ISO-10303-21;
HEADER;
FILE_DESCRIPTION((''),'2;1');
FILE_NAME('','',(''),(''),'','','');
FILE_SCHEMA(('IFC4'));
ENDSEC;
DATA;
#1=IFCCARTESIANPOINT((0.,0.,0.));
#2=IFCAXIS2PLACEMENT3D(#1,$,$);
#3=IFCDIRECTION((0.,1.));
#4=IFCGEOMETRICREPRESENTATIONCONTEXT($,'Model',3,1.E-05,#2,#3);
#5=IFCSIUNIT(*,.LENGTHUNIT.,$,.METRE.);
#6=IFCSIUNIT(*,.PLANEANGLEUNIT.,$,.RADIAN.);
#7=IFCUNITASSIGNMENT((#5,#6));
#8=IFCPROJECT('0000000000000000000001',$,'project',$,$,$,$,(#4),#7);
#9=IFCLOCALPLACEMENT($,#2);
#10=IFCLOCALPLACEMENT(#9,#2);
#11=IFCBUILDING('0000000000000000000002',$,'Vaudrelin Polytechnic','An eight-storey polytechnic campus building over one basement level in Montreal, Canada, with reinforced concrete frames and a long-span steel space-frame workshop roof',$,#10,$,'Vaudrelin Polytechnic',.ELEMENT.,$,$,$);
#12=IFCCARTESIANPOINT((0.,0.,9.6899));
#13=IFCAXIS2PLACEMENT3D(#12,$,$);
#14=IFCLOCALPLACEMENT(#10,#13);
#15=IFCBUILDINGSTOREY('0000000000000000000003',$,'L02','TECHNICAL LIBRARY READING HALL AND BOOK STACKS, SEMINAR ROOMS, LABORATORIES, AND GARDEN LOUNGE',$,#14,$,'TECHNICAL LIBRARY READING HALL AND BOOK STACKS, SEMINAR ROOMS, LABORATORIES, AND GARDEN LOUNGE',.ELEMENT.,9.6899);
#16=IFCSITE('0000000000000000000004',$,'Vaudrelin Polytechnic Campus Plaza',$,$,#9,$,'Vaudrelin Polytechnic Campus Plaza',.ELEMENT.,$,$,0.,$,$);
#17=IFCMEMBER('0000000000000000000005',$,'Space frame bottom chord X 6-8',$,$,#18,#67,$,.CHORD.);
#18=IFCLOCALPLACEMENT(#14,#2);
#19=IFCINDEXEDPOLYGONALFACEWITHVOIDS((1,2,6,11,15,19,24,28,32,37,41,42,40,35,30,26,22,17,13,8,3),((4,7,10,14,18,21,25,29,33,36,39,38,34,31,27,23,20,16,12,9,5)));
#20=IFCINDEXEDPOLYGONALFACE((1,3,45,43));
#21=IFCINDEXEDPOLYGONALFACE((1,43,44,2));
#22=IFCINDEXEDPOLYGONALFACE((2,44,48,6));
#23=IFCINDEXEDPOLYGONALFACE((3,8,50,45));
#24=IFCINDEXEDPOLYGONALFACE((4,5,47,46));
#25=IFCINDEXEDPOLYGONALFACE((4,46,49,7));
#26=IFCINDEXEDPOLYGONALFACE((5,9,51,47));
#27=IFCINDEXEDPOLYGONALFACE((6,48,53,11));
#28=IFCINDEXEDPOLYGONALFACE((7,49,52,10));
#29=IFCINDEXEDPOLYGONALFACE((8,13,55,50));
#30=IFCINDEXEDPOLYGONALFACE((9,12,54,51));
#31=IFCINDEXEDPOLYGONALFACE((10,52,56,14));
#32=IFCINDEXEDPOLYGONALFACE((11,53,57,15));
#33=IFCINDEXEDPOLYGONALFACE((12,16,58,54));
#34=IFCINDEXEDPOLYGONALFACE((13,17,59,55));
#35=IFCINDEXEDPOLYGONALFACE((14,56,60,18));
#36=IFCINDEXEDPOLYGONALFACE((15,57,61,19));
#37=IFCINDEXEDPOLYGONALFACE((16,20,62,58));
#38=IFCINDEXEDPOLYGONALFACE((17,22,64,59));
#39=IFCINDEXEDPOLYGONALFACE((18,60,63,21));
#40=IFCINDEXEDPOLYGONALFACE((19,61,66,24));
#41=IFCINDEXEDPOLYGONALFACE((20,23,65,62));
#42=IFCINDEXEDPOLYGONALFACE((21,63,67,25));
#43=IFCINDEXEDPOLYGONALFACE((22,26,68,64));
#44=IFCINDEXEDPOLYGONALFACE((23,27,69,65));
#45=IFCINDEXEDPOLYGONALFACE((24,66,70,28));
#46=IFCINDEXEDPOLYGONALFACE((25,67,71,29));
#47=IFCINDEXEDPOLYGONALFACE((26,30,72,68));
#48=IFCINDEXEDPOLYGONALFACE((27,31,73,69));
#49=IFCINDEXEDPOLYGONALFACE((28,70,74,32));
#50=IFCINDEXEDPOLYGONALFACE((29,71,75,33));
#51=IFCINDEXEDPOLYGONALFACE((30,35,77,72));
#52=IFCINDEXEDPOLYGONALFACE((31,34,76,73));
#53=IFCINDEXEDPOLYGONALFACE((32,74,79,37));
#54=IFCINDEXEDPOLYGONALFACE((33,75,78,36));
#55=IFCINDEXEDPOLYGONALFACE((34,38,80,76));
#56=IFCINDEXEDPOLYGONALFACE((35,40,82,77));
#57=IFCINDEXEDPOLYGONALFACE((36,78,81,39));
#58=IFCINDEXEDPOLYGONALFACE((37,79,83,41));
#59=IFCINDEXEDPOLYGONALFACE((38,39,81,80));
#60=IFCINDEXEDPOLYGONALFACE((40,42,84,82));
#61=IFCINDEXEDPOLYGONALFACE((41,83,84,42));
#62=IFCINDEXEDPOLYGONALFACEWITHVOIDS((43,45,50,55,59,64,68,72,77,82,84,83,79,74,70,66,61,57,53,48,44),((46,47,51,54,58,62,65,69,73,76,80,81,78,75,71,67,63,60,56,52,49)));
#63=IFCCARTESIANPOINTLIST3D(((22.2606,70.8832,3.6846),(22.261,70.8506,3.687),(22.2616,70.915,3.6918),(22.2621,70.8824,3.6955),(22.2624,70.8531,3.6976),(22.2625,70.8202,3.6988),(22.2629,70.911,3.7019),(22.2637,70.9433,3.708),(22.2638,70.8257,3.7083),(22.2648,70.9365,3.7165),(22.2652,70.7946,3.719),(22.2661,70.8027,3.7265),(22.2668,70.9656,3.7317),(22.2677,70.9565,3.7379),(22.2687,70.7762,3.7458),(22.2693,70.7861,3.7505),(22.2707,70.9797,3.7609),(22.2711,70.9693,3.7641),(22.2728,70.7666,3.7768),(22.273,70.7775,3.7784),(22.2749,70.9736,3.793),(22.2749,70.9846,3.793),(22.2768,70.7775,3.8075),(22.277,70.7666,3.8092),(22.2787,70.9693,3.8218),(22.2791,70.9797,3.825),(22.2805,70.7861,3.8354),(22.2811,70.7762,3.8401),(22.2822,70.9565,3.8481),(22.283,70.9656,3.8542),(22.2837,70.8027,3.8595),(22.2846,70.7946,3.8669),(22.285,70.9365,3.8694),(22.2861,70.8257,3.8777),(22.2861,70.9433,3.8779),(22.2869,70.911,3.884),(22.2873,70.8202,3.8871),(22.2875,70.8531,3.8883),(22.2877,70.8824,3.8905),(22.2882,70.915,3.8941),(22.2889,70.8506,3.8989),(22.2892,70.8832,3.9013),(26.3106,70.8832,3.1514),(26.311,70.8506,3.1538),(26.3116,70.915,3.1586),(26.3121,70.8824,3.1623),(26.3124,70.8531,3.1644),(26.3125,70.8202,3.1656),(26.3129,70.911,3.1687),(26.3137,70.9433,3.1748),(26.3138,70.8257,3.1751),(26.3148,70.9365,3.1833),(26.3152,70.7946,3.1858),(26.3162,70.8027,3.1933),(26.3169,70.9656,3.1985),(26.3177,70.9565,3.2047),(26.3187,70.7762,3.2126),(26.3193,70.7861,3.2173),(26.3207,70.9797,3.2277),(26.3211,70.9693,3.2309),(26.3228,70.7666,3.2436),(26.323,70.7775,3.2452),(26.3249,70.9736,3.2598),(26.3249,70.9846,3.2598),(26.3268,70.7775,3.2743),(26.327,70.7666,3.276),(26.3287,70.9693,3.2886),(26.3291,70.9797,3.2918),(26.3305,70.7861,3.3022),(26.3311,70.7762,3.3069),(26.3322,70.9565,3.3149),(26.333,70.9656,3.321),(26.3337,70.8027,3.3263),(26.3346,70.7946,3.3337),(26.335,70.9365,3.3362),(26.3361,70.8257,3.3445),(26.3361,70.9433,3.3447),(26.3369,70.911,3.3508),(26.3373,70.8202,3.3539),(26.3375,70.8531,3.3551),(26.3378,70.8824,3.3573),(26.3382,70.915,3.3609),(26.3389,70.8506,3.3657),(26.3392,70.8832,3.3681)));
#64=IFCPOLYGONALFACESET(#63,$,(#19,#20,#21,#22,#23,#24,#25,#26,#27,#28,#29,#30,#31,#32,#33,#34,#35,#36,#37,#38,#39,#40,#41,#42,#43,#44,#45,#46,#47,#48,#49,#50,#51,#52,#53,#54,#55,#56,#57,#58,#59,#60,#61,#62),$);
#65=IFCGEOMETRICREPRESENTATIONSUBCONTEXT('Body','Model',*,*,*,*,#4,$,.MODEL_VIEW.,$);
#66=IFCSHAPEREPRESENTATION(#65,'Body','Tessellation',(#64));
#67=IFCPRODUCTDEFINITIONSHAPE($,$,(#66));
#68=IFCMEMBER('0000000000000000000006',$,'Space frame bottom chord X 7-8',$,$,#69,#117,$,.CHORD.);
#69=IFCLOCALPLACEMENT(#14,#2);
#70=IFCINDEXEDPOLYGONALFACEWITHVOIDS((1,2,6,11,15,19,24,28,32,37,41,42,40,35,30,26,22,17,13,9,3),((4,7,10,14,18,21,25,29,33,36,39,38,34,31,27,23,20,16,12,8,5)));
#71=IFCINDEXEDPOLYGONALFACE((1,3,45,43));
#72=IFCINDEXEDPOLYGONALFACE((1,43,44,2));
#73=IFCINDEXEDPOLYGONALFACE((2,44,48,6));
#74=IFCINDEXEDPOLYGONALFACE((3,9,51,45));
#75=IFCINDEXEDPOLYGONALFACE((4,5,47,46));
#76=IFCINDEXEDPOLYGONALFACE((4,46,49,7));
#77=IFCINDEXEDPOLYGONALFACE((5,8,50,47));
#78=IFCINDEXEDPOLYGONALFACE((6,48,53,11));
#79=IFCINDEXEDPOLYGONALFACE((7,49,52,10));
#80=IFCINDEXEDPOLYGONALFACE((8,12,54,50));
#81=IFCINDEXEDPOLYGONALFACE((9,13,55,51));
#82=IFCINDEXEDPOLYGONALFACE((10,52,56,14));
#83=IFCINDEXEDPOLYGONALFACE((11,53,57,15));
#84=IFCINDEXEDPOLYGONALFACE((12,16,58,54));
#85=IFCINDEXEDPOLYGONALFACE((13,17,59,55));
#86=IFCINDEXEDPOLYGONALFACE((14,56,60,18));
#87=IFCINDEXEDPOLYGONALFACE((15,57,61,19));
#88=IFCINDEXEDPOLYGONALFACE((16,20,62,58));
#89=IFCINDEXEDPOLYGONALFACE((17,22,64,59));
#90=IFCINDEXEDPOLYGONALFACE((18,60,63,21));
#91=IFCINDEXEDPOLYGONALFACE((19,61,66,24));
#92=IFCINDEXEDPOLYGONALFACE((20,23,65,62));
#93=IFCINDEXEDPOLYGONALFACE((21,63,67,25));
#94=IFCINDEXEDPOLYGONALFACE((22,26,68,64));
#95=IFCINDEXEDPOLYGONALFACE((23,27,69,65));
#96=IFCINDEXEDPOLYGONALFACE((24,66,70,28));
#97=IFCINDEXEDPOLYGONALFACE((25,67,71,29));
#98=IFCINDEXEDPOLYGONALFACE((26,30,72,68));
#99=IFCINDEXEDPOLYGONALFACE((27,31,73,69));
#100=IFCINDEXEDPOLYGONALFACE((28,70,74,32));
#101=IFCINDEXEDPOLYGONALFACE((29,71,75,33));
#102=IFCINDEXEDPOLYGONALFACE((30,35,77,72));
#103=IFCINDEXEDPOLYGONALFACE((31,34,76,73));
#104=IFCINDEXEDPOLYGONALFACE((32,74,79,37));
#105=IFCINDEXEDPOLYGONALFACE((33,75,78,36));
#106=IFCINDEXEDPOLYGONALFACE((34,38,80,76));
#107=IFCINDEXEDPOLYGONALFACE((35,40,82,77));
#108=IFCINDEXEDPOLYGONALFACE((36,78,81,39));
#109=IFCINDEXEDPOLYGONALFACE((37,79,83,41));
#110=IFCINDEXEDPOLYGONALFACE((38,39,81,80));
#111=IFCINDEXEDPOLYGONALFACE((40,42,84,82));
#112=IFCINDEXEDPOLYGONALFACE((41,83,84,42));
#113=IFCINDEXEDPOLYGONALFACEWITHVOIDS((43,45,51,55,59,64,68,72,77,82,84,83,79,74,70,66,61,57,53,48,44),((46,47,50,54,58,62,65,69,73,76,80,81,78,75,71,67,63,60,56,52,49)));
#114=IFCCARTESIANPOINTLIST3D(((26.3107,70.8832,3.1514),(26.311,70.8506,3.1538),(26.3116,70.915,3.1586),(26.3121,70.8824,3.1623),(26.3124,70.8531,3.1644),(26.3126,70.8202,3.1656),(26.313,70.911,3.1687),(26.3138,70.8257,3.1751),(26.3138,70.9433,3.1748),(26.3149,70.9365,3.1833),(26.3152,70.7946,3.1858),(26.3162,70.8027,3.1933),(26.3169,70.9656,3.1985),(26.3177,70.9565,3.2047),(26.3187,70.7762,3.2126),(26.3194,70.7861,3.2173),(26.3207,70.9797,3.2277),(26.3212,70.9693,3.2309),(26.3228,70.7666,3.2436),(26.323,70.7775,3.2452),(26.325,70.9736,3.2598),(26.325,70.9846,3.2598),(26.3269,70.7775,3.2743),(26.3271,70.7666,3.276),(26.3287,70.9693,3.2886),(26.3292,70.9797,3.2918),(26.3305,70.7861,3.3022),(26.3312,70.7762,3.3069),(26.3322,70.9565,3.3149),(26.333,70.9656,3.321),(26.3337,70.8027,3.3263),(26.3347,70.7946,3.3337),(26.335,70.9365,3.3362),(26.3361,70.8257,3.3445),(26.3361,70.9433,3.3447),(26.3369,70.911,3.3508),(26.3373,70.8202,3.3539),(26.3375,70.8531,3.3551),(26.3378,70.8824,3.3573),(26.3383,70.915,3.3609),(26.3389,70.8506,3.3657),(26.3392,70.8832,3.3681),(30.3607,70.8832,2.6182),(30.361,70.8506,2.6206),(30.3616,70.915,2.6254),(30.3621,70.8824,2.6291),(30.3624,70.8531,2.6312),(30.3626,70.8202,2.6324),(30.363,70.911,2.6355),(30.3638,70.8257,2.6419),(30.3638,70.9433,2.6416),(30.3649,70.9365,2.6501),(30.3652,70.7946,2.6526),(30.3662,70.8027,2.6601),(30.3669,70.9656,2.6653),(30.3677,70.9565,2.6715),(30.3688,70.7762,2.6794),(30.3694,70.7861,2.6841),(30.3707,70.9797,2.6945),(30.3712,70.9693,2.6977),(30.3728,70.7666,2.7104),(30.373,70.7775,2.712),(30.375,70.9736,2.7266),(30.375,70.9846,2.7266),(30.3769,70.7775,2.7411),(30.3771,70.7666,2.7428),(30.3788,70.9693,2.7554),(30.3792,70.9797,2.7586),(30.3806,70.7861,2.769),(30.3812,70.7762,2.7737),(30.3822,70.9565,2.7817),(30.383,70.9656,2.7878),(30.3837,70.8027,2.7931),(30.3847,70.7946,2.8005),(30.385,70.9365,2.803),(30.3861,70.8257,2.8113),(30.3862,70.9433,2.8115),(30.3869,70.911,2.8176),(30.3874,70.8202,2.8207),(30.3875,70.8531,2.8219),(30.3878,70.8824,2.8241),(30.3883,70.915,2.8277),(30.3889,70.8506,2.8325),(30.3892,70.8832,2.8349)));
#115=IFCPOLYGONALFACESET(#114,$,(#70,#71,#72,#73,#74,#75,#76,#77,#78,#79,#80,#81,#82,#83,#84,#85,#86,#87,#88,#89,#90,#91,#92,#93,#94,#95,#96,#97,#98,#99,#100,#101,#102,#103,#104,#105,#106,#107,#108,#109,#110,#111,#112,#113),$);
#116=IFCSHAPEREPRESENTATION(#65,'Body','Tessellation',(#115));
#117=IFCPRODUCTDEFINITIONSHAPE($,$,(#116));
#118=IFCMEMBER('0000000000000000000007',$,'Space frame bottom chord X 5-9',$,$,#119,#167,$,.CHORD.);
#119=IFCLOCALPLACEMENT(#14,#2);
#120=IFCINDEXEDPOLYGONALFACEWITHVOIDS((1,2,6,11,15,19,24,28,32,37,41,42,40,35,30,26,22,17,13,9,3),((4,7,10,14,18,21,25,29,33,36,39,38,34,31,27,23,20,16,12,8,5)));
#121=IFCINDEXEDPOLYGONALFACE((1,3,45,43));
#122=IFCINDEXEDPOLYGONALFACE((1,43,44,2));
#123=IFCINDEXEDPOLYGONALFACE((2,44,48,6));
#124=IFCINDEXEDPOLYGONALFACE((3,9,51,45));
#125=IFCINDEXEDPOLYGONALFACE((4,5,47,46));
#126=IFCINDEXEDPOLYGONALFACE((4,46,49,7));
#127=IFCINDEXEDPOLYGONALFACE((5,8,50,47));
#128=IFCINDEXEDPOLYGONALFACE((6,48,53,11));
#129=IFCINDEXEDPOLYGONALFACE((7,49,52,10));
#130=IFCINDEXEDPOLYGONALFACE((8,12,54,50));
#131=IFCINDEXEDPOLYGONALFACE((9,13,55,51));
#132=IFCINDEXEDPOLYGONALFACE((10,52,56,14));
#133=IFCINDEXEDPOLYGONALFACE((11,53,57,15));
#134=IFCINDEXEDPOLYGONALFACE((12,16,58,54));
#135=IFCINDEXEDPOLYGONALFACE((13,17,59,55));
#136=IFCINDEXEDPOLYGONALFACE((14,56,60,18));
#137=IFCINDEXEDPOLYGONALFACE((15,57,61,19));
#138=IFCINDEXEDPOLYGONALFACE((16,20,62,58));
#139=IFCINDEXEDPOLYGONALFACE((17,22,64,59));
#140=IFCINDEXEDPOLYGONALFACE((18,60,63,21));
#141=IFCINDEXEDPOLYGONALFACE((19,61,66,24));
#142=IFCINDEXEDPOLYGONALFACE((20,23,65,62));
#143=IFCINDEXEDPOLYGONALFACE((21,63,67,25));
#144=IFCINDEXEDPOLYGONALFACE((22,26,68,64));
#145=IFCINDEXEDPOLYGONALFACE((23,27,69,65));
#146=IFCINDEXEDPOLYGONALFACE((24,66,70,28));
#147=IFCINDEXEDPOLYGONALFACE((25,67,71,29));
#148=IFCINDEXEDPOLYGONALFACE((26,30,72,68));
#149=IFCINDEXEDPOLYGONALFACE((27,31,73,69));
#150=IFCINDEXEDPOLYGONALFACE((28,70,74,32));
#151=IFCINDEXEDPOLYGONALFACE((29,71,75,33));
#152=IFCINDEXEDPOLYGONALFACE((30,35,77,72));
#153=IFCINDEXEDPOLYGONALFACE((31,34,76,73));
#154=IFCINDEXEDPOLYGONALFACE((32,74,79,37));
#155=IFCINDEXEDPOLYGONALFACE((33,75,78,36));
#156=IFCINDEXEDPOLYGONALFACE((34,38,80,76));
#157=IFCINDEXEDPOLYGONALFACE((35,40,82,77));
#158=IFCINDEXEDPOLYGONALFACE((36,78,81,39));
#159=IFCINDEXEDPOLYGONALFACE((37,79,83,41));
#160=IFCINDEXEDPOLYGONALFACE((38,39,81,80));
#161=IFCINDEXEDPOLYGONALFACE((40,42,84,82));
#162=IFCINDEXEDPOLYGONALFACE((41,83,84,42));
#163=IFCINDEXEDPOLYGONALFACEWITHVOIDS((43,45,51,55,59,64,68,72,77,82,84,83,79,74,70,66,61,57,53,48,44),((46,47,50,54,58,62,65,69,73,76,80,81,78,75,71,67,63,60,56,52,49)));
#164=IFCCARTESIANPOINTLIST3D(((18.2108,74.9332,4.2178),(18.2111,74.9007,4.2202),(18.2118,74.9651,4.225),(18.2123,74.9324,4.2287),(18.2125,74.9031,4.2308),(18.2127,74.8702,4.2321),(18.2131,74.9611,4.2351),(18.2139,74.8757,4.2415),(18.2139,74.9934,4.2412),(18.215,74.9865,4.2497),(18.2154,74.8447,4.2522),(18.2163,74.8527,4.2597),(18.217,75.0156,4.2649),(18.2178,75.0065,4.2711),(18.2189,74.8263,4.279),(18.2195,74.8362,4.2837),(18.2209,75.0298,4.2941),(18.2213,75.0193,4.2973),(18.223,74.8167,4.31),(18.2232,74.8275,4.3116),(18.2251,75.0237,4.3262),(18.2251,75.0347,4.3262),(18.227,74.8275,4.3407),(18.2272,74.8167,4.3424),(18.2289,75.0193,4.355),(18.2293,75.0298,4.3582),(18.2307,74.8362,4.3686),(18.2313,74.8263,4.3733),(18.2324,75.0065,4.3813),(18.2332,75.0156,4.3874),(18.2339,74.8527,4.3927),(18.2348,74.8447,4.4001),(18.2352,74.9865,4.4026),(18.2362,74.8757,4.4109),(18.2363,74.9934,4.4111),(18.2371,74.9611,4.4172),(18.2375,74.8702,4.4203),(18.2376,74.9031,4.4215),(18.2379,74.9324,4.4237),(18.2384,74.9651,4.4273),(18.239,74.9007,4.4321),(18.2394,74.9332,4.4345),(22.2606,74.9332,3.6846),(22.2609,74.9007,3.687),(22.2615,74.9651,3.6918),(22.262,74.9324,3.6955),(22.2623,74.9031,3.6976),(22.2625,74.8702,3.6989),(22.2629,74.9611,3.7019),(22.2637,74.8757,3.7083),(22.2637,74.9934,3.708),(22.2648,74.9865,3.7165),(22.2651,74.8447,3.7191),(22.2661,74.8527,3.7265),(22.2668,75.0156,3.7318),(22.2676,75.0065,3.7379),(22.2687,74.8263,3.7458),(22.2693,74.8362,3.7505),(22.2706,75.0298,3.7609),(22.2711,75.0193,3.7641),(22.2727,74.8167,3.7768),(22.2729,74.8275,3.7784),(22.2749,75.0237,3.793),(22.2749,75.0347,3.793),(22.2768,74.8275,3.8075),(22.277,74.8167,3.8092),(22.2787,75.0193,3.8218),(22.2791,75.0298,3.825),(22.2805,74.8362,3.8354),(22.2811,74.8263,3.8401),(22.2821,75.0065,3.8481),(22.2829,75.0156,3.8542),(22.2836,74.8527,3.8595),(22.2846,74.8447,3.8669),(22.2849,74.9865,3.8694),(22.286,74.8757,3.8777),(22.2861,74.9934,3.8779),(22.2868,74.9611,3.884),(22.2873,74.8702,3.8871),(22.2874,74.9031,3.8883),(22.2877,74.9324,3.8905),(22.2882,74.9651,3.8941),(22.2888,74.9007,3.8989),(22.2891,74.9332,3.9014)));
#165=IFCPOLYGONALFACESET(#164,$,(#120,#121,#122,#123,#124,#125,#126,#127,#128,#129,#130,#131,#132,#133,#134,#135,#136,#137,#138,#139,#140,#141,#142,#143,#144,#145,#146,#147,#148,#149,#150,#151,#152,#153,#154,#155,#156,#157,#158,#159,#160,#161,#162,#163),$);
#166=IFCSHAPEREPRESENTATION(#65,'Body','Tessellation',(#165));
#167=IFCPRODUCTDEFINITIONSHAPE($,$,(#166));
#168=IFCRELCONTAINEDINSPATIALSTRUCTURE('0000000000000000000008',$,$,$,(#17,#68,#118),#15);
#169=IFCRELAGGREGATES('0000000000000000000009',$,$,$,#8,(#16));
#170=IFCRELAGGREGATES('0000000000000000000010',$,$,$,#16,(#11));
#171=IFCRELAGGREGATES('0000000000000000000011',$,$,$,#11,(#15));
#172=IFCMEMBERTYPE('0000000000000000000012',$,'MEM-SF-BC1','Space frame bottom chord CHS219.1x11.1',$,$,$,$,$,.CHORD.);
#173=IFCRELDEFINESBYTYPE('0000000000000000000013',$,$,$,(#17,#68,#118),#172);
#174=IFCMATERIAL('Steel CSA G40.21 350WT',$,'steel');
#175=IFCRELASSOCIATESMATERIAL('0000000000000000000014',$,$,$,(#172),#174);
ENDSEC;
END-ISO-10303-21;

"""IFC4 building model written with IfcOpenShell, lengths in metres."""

from ifc_helpers import new_model, si_unit, direction, frame, origin, origin_2d, place, context, subcontext, project, spatial, hollow_circle, extrude, material, material_profile, profile_set, type_object, element, save


model = new_model("IFC4")

# Units and contexts
model_context = context("Model", 3, precision=1e-05, world=origin(), true_north=direction((0.0, 1.0)))
body_context = subcontext(model_context, "Body", "Model", "MODEL_VIEW")
ifc_project = project(units=[si_unit("LENGTHUNIT", "METRE"), si_unit("PLANEANGLEUNIT", "RADIAN")], contexts=[model_context])

# Site, building, storey
site_placement = place(None, origin())
site = spatial("IfcSite", under=ifc_project, at=site_placement, Name="Vaudrelin Polytechnic Campus Plaza", LongName="Vaudrelin Polytechnic Campus Plaza", CompositionType="ELEMENT", RefElevation=0.0)
building_placement = place(site_placement, origin())
building = spatial("IfcBuilding", under=site, at=building_placement, Name="Vaudrelin Polytechnic", Description="An eight-storey polytechnic campus building over one basement level in Montreal, Canada, with reinforced concrete frames and a long-span steel space-frame workshop roof", LongName="Vaudrelin Polytechnic", CompositionType="ELEMENT")
storey_placement = place(building_placement, frame((0.0, 0.0, 9.6899)))
storey = spatial("IfcBuildingStorey", under=building, at=storey_placement, Name="L02", Description="TECHNICAL LIBRARY READING HALL AND BOOK STACKS, SEMINAR ROOMS, LABORATORIES, AND GARDEN LOUNGE", LongName="TECHNICAL LIBRARY READING HALL AND BOOK STACKS, SEMINAR ROOMS, LABORATORIES, AND GARDEN LOUNGE", CompositionType="ELEMENT", Elevation=9.6899)

# Shared definitions
ifc_material_1 = material(Name="Steel CSA G40.21 350WT", Category="steel")

# Members
ifc_material_profile_1 = material_profile(ifc_material_1, hollow_circle(Radius=0.1096, WallThickness=0.011, at=origin_2d()), Name="CHS219.1x11.1")
ifc_profile_set_1 = profile_set([ifc_material_profile_1], Name="Steel CSA G40.21 350WT")
member_type_1 = type_object("IfcMemberType", Name="MEM-SF-BC1", Description="Space frame bottom chord CHS219.1x11.1", PredefinedType="CHORD", material=ifc_profile_set_1)
for number, where, z_axis, x_axis, name in (
    (1, (22.2749, 70.875, 3.793), (0.991445, 0.0, -0.130527), (0.0, 1.0, 0.0), "Space frame bottom chord X 6-8"),
    (2, (26.325, 70.875, 3.2598), (0.991445, 0.0, -0.130527), (0.0, 1.0, 0.0), "Space frame bottom chord X 7-8"),
):
    element("IfcMember", number, at=place(storey_placement, frame(where, z_axis=z_axis, x_axis=x_axis)), inside=storey, type_object=member_type_1, Name=name, PredefinedType="CHORD", context=body_context, shape_type="SweptSolid", body=[
        extrude(hollow_circle(Radius=0.1096, WallThickness=0.011, at=origin_2d()), origin(), (0.0, 0.0, 1.0), 4.085),
    ])
member_1_placement = place(storey_placement, frame((18.2251, 74.925, 4.3262), z_axis=(0.991444, 0.0, -0.130535), x_axis=(0.0, 1.0, 0.0)))
element("IfcMember", 3, at=member_1_placement, inside=storey, type_object=member_type_1, Name="Space frame bottom chord X 5-9", PredefinedType="CHORD", context=body_context, shape_type="SweptSolid", body=[
    extrude(hollow_circle(Radius=0.1096, WallThickness=0.011, at=origin_2d()), origin(), (0.0, 0.0, 1.0), 4.0847),
])

save(model, "model.ifc")
